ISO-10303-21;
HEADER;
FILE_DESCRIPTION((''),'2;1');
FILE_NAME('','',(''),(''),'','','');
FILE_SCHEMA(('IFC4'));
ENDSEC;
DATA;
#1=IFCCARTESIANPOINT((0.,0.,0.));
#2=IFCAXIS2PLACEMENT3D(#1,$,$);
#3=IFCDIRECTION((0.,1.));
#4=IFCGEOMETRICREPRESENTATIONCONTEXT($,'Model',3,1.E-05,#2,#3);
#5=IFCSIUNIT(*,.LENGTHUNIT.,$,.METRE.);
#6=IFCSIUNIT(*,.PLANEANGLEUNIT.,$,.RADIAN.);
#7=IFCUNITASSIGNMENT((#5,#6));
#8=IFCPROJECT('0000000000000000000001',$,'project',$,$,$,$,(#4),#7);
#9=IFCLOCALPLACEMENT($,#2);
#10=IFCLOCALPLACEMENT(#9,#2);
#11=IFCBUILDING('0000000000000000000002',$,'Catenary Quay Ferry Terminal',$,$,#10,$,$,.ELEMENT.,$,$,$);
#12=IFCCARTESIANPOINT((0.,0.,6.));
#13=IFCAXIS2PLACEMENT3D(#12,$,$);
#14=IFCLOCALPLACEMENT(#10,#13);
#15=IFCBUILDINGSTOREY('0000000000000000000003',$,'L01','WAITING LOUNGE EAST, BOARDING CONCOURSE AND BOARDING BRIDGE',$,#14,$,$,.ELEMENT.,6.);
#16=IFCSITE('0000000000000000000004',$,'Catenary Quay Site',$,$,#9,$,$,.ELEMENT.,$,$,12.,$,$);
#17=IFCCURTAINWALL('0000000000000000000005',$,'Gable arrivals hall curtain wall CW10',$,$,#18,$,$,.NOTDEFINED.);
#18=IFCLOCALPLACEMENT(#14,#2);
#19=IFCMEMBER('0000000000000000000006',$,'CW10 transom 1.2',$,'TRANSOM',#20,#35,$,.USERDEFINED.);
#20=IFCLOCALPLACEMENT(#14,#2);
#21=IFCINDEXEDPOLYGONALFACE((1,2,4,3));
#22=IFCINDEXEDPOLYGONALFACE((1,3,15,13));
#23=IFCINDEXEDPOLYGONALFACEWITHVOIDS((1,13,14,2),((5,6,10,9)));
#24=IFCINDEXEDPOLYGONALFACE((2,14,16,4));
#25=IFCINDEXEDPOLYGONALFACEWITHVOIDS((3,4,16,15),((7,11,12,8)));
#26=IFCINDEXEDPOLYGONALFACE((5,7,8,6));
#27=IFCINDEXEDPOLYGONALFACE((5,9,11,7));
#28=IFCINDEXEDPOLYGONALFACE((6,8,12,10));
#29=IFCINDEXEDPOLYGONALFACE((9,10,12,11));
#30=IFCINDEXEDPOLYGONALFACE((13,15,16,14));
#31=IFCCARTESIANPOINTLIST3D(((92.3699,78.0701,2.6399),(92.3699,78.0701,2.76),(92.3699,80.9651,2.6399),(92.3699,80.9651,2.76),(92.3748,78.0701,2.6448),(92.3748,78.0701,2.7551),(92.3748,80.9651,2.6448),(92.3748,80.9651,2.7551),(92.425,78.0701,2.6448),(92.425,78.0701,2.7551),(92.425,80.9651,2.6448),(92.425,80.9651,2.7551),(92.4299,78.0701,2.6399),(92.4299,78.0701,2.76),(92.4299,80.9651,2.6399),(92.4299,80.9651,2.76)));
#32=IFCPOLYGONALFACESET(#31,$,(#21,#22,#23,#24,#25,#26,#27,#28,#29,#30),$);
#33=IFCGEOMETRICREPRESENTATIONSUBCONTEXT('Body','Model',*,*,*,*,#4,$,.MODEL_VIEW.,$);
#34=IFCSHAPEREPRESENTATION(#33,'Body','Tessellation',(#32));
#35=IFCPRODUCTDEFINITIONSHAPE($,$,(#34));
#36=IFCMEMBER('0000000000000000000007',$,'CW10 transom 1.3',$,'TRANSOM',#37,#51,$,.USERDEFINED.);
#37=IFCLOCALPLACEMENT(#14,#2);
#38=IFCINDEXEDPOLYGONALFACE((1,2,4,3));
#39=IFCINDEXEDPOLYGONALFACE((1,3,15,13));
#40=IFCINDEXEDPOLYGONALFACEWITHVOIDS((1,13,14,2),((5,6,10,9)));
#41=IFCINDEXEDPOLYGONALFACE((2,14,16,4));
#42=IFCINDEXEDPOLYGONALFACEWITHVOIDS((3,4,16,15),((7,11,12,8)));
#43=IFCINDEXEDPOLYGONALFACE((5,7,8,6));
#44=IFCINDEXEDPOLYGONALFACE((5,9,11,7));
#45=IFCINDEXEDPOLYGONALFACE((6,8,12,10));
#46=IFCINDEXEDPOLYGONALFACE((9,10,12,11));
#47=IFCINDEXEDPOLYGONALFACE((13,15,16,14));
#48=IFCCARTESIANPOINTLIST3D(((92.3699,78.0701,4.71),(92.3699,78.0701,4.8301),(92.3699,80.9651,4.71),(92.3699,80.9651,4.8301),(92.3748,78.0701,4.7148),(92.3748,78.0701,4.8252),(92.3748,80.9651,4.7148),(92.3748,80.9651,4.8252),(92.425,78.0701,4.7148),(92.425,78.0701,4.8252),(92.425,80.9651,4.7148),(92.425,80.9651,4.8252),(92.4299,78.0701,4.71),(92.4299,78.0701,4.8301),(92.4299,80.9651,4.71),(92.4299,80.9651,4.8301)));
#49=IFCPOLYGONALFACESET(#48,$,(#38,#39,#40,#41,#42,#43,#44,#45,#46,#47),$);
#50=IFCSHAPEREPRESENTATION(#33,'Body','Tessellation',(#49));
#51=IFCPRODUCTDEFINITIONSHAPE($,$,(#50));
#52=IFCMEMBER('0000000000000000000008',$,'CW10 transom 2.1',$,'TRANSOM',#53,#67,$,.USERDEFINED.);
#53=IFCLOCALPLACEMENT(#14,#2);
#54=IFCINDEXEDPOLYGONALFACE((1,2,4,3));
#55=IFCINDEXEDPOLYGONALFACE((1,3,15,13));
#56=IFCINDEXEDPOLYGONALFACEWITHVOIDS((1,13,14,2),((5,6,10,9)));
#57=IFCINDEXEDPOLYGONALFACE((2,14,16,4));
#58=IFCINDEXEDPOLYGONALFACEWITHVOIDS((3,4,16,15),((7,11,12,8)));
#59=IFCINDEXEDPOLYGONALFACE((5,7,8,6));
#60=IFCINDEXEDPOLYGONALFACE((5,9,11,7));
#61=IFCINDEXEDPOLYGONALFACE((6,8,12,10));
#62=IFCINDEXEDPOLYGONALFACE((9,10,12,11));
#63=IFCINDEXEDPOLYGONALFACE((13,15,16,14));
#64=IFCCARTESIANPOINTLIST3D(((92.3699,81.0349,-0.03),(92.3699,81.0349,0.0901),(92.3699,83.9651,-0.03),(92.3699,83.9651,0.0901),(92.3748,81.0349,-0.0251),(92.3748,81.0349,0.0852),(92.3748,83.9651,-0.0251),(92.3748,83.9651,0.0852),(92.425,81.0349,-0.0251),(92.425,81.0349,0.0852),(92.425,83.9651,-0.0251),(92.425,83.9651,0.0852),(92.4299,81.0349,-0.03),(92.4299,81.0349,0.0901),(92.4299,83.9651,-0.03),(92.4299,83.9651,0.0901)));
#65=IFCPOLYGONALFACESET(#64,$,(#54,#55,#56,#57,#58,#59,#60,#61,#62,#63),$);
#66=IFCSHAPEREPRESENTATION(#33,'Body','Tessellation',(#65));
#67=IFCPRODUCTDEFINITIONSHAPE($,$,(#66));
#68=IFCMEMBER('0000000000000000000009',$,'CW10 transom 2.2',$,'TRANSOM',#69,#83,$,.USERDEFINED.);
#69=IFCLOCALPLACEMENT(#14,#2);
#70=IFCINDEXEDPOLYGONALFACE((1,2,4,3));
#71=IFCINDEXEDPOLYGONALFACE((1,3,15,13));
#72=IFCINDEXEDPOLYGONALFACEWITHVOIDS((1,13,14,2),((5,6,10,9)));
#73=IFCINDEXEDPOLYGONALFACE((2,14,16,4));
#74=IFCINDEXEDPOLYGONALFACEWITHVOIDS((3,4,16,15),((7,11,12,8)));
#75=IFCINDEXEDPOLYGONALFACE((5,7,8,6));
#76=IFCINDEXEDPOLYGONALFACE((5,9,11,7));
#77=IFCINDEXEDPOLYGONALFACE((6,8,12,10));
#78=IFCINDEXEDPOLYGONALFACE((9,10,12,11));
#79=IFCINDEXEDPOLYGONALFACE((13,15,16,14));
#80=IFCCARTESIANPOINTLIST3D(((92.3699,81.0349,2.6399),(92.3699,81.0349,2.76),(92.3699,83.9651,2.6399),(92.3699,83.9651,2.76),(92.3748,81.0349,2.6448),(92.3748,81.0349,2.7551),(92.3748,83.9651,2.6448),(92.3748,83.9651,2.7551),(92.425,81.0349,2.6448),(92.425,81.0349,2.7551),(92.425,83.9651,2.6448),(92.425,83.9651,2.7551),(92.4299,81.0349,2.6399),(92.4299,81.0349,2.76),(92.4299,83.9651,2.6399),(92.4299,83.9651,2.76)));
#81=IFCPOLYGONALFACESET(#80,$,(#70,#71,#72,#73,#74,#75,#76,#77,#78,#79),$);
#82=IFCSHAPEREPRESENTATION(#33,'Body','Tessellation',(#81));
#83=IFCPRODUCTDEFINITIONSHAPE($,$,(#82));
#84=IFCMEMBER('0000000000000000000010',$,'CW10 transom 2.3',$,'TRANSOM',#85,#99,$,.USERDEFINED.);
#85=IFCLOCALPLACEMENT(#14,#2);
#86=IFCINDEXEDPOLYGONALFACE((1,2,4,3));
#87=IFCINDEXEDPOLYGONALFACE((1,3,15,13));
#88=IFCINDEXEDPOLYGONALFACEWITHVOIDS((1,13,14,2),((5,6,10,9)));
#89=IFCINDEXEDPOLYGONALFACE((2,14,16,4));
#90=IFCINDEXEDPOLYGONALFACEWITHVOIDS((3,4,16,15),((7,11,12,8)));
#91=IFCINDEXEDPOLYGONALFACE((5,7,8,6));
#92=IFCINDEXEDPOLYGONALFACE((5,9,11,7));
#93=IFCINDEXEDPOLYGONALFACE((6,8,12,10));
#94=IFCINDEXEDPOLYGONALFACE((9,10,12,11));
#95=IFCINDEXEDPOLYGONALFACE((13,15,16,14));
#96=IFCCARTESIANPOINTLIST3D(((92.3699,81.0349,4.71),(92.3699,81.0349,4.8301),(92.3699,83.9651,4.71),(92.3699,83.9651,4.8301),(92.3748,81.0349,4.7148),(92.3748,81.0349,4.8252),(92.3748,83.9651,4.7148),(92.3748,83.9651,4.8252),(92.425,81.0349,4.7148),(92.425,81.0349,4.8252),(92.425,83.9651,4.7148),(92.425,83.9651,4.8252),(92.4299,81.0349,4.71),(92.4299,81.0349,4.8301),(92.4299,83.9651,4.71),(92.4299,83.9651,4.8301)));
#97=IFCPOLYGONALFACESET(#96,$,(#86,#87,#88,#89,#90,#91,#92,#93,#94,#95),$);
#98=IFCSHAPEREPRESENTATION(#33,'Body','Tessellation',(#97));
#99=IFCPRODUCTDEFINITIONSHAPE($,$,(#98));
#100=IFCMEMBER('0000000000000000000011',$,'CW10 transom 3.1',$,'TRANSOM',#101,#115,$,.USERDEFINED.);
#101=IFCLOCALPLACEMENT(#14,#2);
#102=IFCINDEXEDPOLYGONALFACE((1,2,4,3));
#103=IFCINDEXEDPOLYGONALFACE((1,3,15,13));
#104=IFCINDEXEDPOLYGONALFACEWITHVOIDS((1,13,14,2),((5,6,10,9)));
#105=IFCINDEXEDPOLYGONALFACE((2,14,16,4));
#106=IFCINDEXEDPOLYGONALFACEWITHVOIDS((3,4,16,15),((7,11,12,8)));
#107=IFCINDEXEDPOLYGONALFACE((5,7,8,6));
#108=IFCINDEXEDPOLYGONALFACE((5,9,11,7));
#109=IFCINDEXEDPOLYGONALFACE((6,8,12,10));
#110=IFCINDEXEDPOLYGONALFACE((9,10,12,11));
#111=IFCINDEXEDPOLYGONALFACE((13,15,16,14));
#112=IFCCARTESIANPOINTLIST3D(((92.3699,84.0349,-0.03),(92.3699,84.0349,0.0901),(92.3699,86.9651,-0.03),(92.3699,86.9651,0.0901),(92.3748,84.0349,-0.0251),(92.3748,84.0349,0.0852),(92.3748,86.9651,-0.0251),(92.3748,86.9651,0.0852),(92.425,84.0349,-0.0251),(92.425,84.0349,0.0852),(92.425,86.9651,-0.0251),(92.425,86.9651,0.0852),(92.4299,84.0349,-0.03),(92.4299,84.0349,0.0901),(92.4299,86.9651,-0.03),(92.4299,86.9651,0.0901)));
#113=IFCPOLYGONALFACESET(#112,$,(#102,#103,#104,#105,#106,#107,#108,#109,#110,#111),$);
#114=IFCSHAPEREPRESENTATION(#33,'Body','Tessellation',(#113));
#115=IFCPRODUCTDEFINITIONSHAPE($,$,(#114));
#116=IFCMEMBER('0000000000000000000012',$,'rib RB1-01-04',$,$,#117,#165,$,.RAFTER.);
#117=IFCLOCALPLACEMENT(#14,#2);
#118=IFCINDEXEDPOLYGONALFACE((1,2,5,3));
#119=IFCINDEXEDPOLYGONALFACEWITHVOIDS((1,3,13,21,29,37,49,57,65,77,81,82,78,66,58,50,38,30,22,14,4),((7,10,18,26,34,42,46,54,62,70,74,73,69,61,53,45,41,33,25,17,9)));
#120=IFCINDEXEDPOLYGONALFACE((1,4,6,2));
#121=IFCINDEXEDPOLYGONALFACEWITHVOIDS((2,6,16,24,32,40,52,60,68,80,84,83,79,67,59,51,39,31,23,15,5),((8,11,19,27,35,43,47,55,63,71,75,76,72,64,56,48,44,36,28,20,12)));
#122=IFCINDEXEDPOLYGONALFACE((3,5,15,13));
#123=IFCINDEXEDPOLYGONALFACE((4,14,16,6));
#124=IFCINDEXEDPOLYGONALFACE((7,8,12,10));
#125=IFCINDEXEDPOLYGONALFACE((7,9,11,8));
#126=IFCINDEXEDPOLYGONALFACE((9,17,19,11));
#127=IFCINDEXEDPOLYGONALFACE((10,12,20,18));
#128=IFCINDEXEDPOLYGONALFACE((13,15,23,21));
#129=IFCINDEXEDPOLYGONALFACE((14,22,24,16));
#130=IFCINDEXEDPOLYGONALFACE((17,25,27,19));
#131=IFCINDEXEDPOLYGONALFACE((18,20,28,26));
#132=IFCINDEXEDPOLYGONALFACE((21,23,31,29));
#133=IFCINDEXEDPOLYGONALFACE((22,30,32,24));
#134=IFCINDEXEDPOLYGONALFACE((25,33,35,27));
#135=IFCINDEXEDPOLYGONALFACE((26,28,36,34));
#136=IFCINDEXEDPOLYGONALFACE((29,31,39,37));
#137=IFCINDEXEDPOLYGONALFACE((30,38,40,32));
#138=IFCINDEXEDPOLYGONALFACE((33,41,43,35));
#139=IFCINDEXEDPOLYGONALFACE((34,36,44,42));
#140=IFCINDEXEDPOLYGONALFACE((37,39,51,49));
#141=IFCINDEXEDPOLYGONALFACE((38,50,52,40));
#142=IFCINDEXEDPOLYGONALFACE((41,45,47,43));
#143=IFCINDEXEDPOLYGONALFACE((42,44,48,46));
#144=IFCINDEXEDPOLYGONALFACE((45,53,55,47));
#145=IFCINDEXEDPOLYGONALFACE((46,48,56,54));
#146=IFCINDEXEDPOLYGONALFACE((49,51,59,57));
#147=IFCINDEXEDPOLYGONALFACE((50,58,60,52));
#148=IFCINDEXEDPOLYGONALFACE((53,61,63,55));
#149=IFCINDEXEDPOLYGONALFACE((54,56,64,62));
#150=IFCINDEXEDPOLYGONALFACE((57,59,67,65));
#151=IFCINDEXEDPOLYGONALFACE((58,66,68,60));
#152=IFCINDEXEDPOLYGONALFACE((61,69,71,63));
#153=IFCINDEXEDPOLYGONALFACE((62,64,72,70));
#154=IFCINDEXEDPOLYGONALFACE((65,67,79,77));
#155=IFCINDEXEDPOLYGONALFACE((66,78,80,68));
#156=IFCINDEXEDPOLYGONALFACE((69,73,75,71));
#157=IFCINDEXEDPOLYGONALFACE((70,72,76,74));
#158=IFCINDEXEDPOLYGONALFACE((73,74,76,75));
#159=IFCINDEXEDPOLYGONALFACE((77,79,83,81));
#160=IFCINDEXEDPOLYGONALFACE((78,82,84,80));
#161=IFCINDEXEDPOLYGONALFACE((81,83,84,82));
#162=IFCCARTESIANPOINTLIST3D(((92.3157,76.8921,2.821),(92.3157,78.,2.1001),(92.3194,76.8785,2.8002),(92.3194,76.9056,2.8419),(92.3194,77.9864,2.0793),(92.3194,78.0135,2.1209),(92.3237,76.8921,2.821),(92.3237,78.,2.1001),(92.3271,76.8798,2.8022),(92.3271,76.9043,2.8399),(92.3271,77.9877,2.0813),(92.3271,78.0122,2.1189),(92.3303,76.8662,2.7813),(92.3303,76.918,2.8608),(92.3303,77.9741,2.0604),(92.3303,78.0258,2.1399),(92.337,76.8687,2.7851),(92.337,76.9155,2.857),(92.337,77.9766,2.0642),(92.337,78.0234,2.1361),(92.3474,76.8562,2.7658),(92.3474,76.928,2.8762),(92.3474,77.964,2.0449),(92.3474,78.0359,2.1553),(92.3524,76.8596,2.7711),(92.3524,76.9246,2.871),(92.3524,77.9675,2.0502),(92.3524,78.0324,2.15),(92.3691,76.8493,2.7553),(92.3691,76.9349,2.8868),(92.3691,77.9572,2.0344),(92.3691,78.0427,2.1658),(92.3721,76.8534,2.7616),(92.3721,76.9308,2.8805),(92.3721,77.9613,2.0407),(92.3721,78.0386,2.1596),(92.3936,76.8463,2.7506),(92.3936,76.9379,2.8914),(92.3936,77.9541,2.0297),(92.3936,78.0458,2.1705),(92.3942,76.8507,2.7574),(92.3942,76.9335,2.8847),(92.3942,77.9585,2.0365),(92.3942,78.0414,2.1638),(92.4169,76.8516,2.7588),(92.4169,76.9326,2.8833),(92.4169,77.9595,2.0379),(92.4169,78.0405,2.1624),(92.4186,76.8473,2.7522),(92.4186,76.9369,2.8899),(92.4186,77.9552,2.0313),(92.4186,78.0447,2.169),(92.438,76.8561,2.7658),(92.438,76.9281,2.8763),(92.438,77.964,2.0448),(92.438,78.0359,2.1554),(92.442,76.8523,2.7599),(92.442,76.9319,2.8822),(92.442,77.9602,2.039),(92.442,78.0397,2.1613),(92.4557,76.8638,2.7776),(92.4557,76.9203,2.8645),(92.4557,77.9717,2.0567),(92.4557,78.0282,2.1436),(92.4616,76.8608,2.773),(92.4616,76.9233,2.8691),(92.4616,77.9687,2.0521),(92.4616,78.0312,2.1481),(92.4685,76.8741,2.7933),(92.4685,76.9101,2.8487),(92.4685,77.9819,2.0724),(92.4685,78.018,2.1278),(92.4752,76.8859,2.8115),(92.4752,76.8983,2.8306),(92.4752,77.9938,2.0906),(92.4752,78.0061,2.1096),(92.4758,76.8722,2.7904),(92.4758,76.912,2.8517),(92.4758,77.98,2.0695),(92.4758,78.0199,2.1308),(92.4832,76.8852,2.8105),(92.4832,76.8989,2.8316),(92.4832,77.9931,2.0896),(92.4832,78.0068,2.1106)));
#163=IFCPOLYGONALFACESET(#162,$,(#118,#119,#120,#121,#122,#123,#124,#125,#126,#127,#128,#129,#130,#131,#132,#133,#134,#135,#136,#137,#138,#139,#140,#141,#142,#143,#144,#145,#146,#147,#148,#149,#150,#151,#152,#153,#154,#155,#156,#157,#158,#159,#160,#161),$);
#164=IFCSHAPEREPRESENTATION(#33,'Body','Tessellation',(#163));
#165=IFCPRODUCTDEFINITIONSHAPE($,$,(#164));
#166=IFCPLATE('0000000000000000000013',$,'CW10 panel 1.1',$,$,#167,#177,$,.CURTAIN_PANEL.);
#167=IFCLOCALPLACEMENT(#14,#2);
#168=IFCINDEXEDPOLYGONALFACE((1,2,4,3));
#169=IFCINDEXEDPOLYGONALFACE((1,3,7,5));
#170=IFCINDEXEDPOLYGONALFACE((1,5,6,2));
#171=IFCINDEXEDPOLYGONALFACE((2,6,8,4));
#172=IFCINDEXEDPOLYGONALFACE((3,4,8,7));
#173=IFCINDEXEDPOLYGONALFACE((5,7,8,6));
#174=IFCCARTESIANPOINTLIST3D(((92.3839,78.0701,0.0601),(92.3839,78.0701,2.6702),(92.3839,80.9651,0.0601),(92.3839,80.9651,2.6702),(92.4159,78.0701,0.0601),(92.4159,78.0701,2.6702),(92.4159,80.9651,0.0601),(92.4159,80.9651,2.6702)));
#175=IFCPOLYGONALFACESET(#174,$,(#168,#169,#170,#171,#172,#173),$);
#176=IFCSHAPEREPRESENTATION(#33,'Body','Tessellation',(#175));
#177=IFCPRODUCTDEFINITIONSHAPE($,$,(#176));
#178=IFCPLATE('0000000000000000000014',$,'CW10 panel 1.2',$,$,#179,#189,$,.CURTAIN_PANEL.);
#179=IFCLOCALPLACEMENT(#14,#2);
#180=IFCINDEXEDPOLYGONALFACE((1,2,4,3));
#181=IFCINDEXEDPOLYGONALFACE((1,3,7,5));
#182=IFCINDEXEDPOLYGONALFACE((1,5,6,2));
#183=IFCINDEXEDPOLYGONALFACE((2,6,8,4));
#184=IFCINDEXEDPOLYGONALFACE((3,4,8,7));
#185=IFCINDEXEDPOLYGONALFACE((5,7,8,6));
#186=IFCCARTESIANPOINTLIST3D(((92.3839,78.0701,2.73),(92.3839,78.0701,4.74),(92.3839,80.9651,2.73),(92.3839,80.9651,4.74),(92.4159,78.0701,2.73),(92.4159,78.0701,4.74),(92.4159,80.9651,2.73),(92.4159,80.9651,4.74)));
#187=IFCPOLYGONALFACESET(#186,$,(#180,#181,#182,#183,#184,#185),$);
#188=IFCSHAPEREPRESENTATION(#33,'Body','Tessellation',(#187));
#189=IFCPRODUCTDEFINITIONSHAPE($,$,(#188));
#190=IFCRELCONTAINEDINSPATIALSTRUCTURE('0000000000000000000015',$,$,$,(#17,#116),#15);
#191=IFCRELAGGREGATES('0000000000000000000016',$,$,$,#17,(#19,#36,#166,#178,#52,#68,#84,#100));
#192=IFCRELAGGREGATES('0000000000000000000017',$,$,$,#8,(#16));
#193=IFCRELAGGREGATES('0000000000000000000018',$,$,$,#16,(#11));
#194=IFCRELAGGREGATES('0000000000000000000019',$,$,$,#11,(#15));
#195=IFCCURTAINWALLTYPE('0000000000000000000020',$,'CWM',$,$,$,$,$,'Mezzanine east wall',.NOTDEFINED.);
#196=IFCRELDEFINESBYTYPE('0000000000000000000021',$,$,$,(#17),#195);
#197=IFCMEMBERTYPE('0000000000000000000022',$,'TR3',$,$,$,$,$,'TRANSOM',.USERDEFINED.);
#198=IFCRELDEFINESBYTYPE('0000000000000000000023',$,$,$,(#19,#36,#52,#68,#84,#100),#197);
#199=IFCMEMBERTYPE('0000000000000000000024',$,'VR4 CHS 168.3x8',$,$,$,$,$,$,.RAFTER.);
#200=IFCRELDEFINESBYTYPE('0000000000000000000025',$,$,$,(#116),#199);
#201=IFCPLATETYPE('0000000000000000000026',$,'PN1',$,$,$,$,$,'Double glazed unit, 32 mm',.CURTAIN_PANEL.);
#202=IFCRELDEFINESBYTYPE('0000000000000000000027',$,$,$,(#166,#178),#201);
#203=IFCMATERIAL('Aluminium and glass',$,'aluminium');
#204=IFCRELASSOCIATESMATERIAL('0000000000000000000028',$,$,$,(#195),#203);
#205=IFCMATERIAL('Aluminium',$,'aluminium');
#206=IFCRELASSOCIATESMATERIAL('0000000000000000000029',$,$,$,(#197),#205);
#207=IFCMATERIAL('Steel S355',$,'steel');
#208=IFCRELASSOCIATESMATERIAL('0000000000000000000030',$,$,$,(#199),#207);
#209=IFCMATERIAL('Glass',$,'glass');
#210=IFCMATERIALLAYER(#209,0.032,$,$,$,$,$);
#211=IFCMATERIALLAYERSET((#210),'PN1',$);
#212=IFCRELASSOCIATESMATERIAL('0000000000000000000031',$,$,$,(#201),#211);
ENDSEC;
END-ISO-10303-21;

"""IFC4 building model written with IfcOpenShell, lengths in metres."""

from ifc_helpers import new_model, si_unit, direction, frame, origin, origin_2d, place, context, subcontext, project, spatial, rectangle, hollow_rectangle, hollow_circle, extrude, material, layer, layer_set, material_profile, profile_set, type_object, element, aggregate, save


model = new_model("IFC4")

# Units and contexts
model_context = context("Model", 3, precision=1e-05, world=origin(), true_north=direction((0.0, 1.0)))
body_context = subcontext(model_context, "Body", "Model", "MODEL_VIEW")
ifc_project = project(units=[si_unit("LENGTHUNIT", "METRE"), si_unit("PLANEANGLEUNIT", "RADIAN")], contexts=[model_context])

# Site, building, storey
site_placement = place(None, origin())
site = spatial("IfcSite", under=ifc_project, at=site_placement, Name="Catenary Quay Site", CompositionType="ELEMENT", RefElevation=12.0)
building_placement = place(site_placement, origin())
building = spatial("IfcBuilding", under=site, at=building_placement, Name="Catenary Quay Ferry Terminal", CompositionType="ELEMENT")
storey_placement = place(building_placement, frame((0.0, 0.0, 6.0)))
storey = spatial("IfcBuildingStorey", under=building, at=storey_placement, Name="L01", Description="WAITING LOUNGE EAST, BOARDING CONCOURSE AND BOARDING BRIDGE", CompositionType="ELEMENT", Elevation=6.0)

# Curtain wall
ifc_material_1 = material(Name="Aluminium and glass", Category="aluminium")
curtain_wall_type_1 = type_object("IfcCurtainWallType", Name="CWM", ElementType="Mezzanine east wall", PredefinedType="NOTDEFINED", material=ifc_material_1)
curtain_wall_1_placement = place(storey_placement, origin())
curtain_wall_1 = element("IfcCurtainWall", 1, at=curtain_wall_1_placement, inside=storey, type_object=curtain_wall_type_1, Name="Gable arrivals hall curtain wall CW10", PredefinedType="NOTDEFINED")

# Members
ifc_material_2 = material(Name="Aluminium", Category="aluminium")
ifc_material_profile_1 = material_profile(ifc_material_2, hollow_rectangle(XDim=0.0601, YDim=0.1201, WallThickness=0.0049, at=origin_2d()), Name="TR3")
ifc_profile_set_1 = profile_set([ifc_material_profile_1], Name="Aluminium")
member_type_1 = type_object("IfcMemberType", Name="TR3", ElementType="TRANSOM", PredefinedType="USERDEFINED", material=ifc_profile_set_1)
member_1_placement = place(storey_placement, frame((92.3999, 78.0701, 2.7), z_axis=(0.0, 1.0, 0.0), x_axis=(-1.0, 0.0, 0.0)))
member_1 = element("IfcMember", 2, at=member_1_placement, type_object=member_type_1, Name="CW10 transom 1.2", ObjectType="TRANSOM", PredefinedType="USERDEFINED", context=body_context, shape_type="SweptSolid", body=[
    extrude(hollow_rectangle(XDim=0.0601, YDim=0.1201, WallThickness=0.0049, at=origin_2d()), origin(), (0.0, 0.0, 1.0), 2.895),
])
member_2_placement = place(storey_placement, frame((92.3999, 78.0701, 4.77), z_axis=(0.0, 1.0, 0.0), x_axis=(-1.0, 0.0, 0.0)))
member_2 = element("IfcMember", 3, at=member_2_placement, type_object=member_type_1, Name="CW10 transom 1.3", ObjectType="TRANSOM", PredefinedType="USERDEFINED", context=body_context, shape_type="SweptSolid", body=[
    extrude(hollow_rectangle(XDim=0.0601, YDim=0.1201, WallThickness=0.0049, at=origin_2d()), origin(), (0.0, 0.0, 1.0), 2.895),
])
member_3_placement = place(storey_placement, frame((92.3999, 81.0349, 0.03), z_axis=(0.0, 1.0, 0.0), x_axis=(-1.0, 0.0, 0.0)))
member_3 = element("IfcMember", 4, at=member_3_placement, type_object=member_type_1, Name="CW10 transom 2.1", ObjectType="TRANSOM", PredefinedType="USERDEFINED", context=body_context, shape_type="SweptSolid", body=[
    extrude(hollow_rectangle(XDim=0.0601, YDim=0.1201, WallThickness=0.0049, at=origin_2d()), origin(), (0.0, 0.0, 1.0), 2.9302),
])
member_4_placement = place(storey_placement, frame((92.3999, 81.0349, 2.7), z_axis=(0.0, 1.0, 0.0), x_axis=(-1.0, 0.0, 0.0)))
member_4 = element("IfcMember", 5, at=member_4_placement, type_object=member_type_1, Name="CW10 transom 2.2", ObjectType="TRANSOM", PredefinedType="USERDEFINED", context=body_context, shape_type="SweptSolid", body=[
    extrude(hollow_rectangle(XDim=0.0601, YDim=0.1201, WallThickness=0.0049, at=origin_2d()), origin(), (0.0, 0.0, 1.0), 2.9302),
])
member_5_placement = place(storey_placement, frame((92.3999, 81.0349, 4.77), z_axis=(0.0, 1.0, 0.0), x_axis=(-1.0, 0.0, 0.0)))
member_5 = element("IfcMember", 6, at=member_5_placement, type_object=member_type_1, Name="CW10 transom 2.3", ObjectType="TRANSOM", PredefinedType="USERDEFINED", context=body_context, shape_type="SweptSolid", body=[
    extrude(hollow_rectangle(XDim=0.0601, YDim=0.1201, WallThickness=0.0049, at=origin_2d()), origin(), (0.0, 0.0, 1.0), 2.9302),
])
member_6_placement = place(storey_placement, frame((92.3999, 84.0349, 0.03), z_axis=(0.0, 1.0, 0.0), x_axis=(-1.0, 0.0, 0.0)))
member_6 = element("IfcMember", 7, at=member_6_placement, type_object=member_type_1, Name="CW10 transom 3.1", ObjectType="TRANSOM", PredefinedType="USERDEFINED", context=body_context, shape_type="SweptSolid", body=[
    extrude(hollow_rectangle(XDim=0.0601, YDim=0.1201, WallThickness=0.0049, at=origin_2d()), origin(), (0.0, 0.0, 1.0), 2.9302),
])
ifc_material_3 = material(Name="Steel S355", Category="steel")
ifc_material_profile_2 = material_profile(ifc_material_3, hollow_circle(Radius=0.0842, WallThickness=0.0081, at=origin_2d()), Name="CHS 168.3x8")
ifc_profile_set_2 = profile_set([ifc_material_profile_2], Name="Steel S355")
member_type_2 = type_object("IfcMemberType", Name="VR4 CHS 168.3x8", PredefinedType="RAFTER", material=ifc_profile_set_2)
member_7_placement = place(storey_placement, frame((92.3999, 76.8921, 2.821), z_axis=(0.0, 0.838165, -0.545417), x_axis=(-1.0, 0.0, 0.0)))
element("IfcMember", 8, at=member_7_placement, inside=storey, type_object=member_type_2, Name="rib RB1-01-04", PredefinedType="RAFTER", context=body_context, shape_type="SweptSolid", body=[
    extrude(hollow_circle(Radius=0.0842, WallThickness=0.0081, at=origin_2d()), origin(), (0.0, 0.0, 1.0), 1.3218),
])

# Plates
ifc_material_4 = material(Name="Glass", Category="glass")
ifc_layer_1 = layer(ifc_material_4, 0.032)
ifc_layer_set_1 = layer_set([ifc_layer_1], Name="PN1")
plate_type = type_object("IfcPlateType", Name="PN1", ElementType="Double glazed unit, 32 mm", PredefinedType="CURTAIN_PANEL", material=ifc_layer_set_1)
plate_1_placement = place(storey_placement, frame((92.3999, 79.5176, 0.0601), z_axis=(0.0, 0.0, 1.0), x_axis=(0.0, 1.0, 0.0)))
plate_1 = element("IfcPlate", 9, at=plate_1_placement, type_object=plate_type, Name="CW10 panel 1.1", PredefinedType="CURTAIN_PANEL", context=body_context, shape_type="SweptSolid", body=[
    extrude(rectangle(XDim=2.895, YDim=0.032, at=origin_2d()), origin(), (0.0, 0.0, 1.0), 2.6101),
])
plate_2_placement = place(storey_placement, frame((92.3999, 79.5176, 2.73), z_axis=(0.0, 0.0, 1.0), x_axis=(0.0, 1.0, 0.0)))
plate_2 = element("IfcPlate", 10, at=plate_2_placement, type_object=plate_type, Name="CW10 panel 1.2", PredefinedType="CURTAIN_PANEL", context=body_context, shape_type="SweptSolid", body=[
    extrude(rectangle(XDim=2.895, YDim=0.032, at=origin_2d()), origin(), (0.0, 0.0, 1.0), 2.01),
])
aggregate(curtain_wall_1, [member_1, member_2, plate_1, plate_2, member_3, member_4, member_5, member_6])

save(model, "model.ifc")
